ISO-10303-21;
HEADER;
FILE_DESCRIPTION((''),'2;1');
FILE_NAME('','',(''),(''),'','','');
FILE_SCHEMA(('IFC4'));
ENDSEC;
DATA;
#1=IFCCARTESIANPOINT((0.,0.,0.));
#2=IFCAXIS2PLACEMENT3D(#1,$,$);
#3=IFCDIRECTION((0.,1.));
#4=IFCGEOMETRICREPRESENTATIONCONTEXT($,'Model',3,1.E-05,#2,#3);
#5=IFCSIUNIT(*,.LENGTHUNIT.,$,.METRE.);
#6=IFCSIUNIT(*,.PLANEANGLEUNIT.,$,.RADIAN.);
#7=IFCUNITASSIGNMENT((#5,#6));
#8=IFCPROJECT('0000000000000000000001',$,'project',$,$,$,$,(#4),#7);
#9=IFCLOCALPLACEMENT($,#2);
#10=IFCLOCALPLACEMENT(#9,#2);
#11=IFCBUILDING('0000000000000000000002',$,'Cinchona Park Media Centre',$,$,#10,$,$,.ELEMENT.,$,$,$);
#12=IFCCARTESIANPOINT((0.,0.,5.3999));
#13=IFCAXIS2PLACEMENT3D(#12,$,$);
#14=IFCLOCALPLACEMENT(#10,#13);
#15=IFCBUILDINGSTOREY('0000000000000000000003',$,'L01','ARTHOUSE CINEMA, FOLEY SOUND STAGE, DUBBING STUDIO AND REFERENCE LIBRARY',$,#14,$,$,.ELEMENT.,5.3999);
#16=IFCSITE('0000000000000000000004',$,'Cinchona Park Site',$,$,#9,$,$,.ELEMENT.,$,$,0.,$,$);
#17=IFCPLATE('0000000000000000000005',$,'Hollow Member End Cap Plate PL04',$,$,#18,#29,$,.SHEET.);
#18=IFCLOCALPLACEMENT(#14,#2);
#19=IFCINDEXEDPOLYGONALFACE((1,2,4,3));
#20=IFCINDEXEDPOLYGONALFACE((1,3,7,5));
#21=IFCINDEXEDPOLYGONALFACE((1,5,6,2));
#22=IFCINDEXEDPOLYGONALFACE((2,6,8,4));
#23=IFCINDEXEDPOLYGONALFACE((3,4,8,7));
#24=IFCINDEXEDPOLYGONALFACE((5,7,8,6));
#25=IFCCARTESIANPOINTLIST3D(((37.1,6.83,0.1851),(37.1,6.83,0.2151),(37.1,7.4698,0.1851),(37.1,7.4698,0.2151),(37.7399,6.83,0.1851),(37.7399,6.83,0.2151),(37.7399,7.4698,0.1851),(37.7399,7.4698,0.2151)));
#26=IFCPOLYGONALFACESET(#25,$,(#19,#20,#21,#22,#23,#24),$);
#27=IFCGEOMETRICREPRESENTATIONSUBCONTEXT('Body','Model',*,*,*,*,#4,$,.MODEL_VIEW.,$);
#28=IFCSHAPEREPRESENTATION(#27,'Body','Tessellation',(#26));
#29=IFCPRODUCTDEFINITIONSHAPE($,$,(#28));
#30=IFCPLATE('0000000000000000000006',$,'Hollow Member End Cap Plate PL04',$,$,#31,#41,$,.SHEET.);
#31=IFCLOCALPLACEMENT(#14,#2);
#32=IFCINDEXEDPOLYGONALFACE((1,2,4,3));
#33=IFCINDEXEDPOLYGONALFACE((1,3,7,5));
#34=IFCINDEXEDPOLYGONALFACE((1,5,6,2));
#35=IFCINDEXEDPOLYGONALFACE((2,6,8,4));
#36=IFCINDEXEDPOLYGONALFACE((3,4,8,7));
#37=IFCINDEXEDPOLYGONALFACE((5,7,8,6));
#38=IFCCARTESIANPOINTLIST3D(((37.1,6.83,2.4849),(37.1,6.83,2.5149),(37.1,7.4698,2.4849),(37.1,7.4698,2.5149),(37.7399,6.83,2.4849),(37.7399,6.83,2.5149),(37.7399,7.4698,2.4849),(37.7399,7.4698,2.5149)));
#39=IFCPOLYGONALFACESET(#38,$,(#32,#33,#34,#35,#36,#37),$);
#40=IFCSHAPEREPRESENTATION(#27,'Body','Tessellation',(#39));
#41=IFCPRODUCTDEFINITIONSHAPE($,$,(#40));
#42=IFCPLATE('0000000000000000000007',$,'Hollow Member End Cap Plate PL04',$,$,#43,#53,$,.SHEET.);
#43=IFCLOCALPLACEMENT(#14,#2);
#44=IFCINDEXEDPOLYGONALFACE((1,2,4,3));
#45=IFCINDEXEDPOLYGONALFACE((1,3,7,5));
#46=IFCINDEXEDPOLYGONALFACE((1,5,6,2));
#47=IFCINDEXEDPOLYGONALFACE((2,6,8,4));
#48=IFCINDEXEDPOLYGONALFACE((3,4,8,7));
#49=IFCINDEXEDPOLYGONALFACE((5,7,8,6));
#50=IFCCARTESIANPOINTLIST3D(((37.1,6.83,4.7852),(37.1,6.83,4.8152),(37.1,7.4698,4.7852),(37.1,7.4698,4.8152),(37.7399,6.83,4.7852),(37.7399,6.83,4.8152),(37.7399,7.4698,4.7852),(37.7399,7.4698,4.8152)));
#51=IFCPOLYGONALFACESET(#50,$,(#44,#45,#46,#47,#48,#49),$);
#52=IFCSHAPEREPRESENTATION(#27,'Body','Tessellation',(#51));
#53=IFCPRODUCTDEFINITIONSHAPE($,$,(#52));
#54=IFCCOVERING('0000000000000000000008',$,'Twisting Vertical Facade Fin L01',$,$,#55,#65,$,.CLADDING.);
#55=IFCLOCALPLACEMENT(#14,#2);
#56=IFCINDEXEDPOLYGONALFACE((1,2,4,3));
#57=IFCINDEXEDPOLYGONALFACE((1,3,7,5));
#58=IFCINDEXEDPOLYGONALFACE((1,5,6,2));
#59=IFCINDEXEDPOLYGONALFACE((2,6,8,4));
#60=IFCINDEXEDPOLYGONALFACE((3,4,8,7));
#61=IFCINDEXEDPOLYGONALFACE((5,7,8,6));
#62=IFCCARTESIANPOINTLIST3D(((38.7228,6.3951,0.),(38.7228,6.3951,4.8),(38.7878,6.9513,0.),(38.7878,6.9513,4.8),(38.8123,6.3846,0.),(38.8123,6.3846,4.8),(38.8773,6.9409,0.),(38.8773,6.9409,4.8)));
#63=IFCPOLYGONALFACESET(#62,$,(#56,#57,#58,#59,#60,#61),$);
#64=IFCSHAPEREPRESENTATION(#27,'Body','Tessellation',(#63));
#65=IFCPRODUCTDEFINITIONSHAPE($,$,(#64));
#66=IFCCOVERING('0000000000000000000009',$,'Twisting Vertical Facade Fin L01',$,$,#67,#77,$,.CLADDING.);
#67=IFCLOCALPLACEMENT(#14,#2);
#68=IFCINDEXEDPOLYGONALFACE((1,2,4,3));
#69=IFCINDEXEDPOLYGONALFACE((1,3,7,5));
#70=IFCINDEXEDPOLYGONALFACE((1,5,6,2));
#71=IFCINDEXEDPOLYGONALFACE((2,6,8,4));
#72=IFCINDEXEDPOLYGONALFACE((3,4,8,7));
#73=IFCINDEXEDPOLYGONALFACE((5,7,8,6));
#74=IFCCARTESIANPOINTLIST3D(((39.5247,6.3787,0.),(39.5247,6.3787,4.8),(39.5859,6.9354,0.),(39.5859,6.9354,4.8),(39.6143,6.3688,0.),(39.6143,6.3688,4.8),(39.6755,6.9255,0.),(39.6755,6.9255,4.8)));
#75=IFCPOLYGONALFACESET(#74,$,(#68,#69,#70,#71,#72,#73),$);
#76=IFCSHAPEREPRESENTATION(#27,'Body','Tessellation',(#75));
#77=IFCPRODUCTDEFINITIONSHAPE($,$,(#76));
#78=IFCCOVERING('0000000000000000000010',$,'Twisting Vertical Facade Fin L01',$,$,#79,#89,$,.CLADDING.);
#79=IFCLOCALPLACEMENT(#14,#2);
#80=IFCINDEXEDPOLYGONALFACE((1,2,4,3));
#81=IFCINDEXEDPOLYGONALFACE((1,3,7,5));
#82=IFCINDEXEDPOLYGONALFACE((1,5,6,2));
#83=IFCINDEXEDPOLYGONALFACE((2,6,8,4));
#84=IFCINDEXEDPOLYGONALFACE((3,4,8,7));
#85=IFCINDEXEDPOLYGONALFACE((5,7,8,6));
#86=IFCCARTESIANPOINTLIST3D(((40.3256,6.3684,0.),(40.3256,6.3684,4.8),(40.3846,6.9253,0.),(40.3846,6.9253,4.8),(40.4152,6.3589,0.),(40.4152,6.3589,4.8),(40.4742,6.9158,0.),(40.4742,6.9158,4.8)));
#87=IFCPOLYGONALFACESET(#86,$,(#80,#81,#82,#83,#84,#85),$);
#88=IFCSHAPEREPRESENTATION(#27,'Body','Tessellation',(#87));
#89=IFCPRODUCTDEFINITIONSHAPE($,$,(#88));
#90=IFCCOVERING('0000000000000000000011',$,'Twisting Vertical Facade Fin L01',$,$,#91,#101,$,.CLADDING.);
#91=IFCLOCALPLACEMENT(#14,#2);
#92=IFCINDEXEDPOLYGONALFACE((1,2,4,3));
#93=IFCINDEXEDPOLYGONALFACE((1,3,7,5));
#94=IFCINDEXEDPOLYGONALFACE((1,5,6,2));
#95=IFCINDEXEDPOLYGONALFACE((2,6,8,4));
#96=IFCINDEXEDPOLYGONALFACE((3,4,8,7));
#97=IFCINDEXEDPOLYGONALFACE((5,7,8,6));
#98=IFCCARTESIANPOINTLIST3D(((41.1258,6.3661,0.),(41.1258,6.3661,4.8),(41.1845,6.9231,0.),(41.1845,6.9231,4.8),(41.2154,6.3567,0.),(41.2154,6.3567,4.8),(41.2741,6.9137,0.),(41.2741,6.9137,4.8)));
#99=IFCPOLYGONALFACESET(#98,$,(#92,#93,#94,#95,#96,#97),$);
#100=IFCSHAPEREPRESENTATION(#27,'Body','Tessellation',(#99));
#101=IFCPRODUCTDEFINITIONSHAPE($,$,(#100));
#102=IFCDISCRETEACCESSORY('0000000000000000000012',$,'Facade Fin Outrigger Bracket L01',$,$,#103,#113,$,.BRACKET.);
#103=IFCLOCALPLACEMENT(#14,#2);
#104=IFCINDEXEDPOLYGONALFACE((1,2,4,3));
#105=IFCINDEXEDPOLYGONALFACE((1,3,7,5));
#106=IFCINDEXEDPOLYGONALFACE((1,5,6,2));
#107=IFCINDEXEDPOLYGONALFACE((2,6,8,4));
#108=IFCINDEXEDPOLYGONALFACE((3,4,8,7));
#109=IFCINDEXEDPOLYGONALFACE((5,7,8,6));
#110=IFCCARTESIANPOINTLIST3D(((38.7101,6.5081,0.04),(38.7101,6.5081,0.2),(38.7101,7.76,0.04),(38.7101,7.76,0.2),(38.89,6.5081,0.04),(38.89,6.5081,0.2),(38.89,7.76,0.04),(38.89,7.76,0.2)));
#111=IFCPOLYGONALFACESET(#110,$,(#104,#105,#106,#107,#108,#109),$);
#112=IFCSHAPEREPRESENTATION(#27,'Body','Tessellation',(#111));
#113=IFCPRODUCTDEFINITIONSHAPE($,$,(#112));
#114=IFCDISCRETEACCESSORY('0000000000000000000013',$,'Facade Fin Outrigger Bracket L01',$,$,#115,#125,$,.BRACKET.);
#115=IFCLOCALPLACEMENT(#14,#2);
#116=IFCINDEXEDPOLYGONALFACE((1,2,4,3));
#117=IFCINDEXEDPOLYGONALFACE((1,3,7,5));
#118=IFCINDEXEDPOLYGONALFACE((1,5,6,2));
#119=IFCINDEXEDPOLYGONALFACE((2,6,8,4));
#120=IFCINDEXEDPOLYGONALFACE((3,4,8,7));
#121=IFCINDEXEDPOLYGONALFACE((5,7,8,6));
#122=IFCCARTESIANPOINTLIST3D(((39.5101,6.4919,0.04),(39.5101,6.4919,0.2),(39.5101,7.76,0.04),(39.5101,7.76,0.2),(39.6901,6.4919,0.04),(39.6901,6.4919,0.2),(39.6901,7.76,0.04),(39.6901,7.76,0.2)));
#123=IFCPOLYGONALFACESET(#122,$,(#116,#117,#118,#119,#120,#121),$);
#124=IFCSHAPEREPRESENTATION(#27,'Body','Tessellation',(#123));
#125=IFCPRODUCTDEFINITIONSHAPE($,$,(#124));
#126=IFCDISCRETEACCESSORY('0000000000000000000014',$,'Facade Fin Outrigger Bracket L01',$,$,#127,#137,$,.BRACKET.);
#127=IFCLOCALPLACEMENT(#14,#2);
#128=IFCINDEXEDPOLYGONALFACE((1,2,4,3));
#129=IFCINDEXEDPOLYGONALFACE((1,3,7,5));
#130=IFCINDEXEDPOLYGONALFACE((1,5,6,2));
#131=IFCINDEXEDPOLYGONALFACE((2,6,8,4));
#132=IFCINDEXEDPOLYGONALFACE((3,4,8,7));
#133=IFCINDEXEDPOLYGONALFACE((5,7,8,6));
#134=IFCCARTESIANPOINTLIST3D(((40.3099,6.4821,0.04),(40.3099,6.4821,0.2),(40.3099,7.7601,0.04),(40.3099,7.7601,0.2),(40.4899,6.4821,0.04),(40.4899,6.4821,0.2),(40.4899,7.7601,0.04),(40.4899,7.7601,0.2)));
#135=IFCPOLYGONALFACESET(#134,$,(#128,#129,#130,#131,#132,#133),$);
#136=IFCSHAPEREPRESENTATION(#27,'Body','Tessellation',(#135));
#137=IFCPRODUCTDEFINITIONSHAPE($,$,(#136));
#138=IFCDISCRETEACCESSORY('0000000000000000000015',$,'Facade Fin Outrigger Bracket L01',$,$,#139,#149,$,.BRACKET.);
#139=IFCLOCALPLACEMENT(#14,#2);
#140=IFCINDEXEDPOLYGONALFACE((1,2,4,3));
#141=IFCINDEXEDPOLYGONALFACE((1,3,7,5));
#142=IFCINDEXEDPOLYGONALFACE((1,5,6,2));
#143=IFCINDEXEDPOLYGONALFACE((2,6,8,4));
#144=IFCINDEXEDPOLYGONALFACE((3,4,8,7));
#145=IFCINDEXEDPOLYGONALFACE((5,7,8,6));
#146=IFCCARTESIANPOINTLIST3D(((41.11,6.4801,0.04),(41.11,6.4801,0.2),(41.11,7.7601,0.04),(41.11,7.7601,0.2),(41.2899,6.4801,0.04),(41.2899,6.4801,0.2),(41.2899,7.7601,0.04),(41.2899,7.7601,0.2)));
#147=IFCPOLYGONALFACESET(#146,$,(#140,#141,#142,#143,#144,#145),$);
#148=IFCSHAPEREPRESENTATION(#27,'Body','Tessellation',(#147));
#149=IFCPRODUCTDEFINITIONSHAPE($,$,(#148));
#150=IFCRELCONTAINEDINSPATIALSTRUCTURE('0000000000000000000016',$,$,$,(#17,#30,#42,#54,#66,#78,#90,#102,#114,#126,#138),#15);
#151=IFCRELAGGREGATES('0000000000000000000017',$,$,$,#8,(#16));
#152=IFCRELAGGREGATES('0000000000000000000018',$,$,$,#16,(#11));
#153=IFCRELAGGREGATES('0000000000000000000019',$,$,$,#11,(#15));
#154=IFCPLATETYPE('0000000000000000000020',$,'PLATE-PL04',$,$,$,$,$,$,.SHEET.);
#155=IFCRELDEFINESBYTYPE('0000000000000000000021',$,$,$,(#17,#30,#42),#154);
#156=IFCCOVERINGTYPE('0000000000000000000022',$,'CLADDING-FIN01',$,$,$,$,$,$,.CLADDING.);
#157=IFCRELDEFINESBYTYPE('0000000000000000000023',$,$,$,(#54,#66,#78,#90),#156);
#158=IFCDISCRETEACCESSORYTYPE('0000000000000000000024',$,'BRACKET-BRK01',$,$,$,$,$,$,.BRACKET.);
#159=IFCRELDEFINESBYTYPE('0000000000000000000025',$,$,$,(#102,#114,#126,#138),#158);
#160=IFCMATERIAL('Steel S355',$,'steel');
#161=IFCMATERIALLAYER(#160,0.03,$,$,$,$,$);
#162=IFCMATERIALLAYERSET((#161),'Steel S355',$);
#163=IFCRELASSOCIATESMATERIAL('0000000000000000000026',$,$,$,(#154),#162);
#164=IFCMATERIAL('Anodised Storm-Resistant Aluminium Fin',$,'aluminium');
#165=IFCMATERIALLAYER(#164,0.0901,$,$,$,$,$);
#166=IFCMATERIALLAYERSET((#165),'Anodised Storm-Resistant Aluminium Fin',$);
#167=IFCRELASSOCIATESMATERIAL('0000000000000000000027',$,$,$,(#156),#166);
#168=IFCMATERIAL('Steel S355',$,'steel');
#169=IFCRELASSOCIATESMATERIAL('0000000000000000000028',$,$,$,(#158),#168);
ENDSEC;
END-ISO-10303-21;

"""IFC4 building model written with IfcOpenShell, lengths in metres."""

from ifc_helpers import new_model, si_unit, direction, frame, origin, origin_2d, place, context, subcontext, project, spatial, rectangle, extrude, material, layer, layer_set, type_object, element, save


model = new_model("IFC4")

# Units and contexts
model_context = context("Model", 3, precision=1e-05, world=origin(), true_north=direction((0.0, 1.0)))
body_context = subcontext(model_context, "Body", "Model", "MODEL_VIEW")
ifc_project = project(units=[si_unit("LENGTHUNIT", "METRE"), si_unit("PLANEANGLEUNIT", "RADIAN")], contexts=[model_context])

# Site, building, storey
site_placement = place(None, origin())
site = spatial("IfcSite", under=ifc_project, at=site_placement, Name="Cinchona Park Site", CompositionType="ELEMENT", RefElevation=0.0)
building_placement = place(site_placement, origin())
building = spatial("IfcBuilding", under=site, at=building_placement, Name="Cinchona Park Media Centre", CompositionType="ELEMENT")
storey_placement = place(building_placement, frame((0.0, 0.0, 5.3999)))
storey = spatial("IfcBuildingStorey", under=building, at=storey_placement, Name="L01", Description="ARTHOUSE CINEMA, FOLEY SOUND STAGE, DUBBING STUDIO AND REFERENCE LIBRARY", CompositionType="ELEMENT", Elevation=5.3999)

# Plates
ifc_material_1 = material(Name="Steel S355", Category="steel")
ifc_layer_1 = layer(ifc_material_1, 0.03)
ifc_layer_set_1 = layer_set([ifc_layer_1], Name="Steel S355")
plate_type_1 = type_object("IfcPlateType", Name="PLATE-PL04", PredefinedType="SHEET", material=ifc_layer_set_1)
for number, where, z_axis, x_axis, name in (
    (1, (37.4199, 7.1499, 0.1851), (0.0, 0.0, 1.0), (1.0, 0.0, 0.0), "Hollow Member End Cap Plate PL04"),
    (2, (37.4199, 7.1499, 2.4849), (0.0, 0.0, 1.0), (1.0, 0.0, 0.0), "Hollow Member End Cap Plate PL04"),
    (3, (37.4199, 7.1499, 4.7852), (0.0, 0.0, 1.0), (1.0, 0.0, 0.0), "Hollow Member End Cap Plate PL04"),
):
    element("IfcPlate", number, at=place(storey_placement, frame(where, z_axis=z_axis, x_axis=x_axis)), inside=storey, type_object=plate_type_1, Name=name, PredefinedType="SHEET", context=body_context, shape_type="SweptSolid", body=[
        extrude(rectangle(XDim=0.6399, YDim=0.6399, at=origin_2d()), origin(), (0.0, 0.0, 1.0), 0.03),
    ])

# Coverings
ifc_material_2 = material(Name="Anodised Storm-Resistant Aluminium Fin", Category="aluminium")
ifc_layer_2 = layer(ifc_material_2, 0.0901)
ifc_layer_set_2 = layer_set([ifc_layer_2], Name="Anodised Storm-Resistant Aluminium Fin")
covering_type = type_object("IfcCoveringType", Name="CLADDING-FIN01", PredefinedType="CLADDING", material=ifc_layer_set_2)
for number, where, z_axis, x_axis, name in (
    (4, (38.8, 6.668, 0.0), (0.0, 0.0, 1.0), (0.116151, 0.993232, 0.0), "Twisting Vertical Facade Fin L01"),
    (5, (39.6001, 6.6521, 0.0), (0.0, 0.0, 1.0), (0.109214, 0.994018, 0.0), "Twisting Vertical Facade Fin L01"),
    (6, (40.3999, 6.6421, 0.0), (0.0, 0.0, 1.0), (0.105396, 0.99443, 0.0), "Twisting Vertical Facade Fin L01"),
    (7, (41.2, 6.6399, 0.0), (0.0, 0.0, 1.0), (0.104702, 0.994504, 0.0), "Twisting Vertical Facade Fin L01"),
):
    element("IfcCovering", number, at=place(storey_placement, frame(where, z_axis=z_axis, x_axis=x_axis)), inside=storey, type_object=covering_type, Name=name, PredefinedType="CLADDING", context=body_context, shape_type="SweptSolid", body=[
        extrude(rectangle(XDim=0.5601, YDim=0.0901, at=origin_2d()), origin(), (0.0, 0.0, 1.0), 4.8),
    ])

# Discrete accessories
ifc_material_3 = material(Name="Steel S355", Category="steel")
discrete_accessory_type = type_object("IfcDiscreteAccessoryType", Name="BRACKET-BRK01", PredefinedType="BRACKET", material=ifc_material_3)
discrete_accessory_1_placement = place(storey_placement, frame((38.8, 7.134, 0.04), z_axis=(0.0, 0.0, 1.0), x_axis=(1.0, 0.0, 0.0)))
element("IfcDiscreteAccessory", 8, at=discrete_accessory_1_placement, inside=storey, type_object=discrete_accessory_type, Name="Facade Fin Outrigger Bracket L01", PredefinedType="BRACKET", context=body_context, shape_type="SweptSolid", body=[
    extrude(rectangle(XDim=0.1799, YDim=1.252, at=origin_2d()), origin(), (0.0, 0.0, 1.0), 0.1599),
])
discrete_accessory_2_placement = place(storey_placement, frame((39.6001, 7.126, 0.04), z_axis=(0.0, 0.0, 1.0), x_axis=(1.0, 0.0, 0.0)))
element("IfcDiscreteAccessory", 9, at=discrete_accessory_2_placement, inside=storey, type_object=discrete_accessory_type, Name="Facade Fin Outrigger Bracket L01", PredefinedType="BRACKET", context=body_context, shape_type="SweptSolid", body=[
    extrude(rectangle(XDim=0.1799, YDim=1.2681, at=origin_2d()), origin(), (0.0, 0.0, 1.0), 0.1599),
])
discrete_accessory_3_placement = place(storey_placement, frame((40.3999, 7.1211, 0.04), z_axis=(0.0, 0.0, 1.0), x_axis=(1.0, 0.0, 0.0)))
element("IfcDiscreteAccessory", 10, at=discrete_accessory_3_placement, inside=storey, type_object=discrete_accessory_type, Name="Facade Fin Outrigger Bracket L01", PredefinedType="BRACKET", context=body_context, shape_type="SweptSolid", body=[
    extrude(rectangle(XDim=0.1799, YDim=1.2781, at=origin_2d()), origin(), (0.0, 0.0, 1.0), 0.1599),
])
discrete_accessory_4_placement = place(storey_placement, frame((41.2, 7.1201, 0.04), z_axis=(0.0, 0.0, 1.0), x_axis=(1.0, 0.0, 0.0)))
element("IfcDiscreteAccessory", 11, at=discrete_accessory_4_placement, inside=storey, type_object=discrete_accessory_type, Name="Facade Fin Outrigger Bracket L01", PredefinedType="BRACKET", context=body_context, shape_type="SweptSolid", body=[
    extrude(rectangle(XDim=0.1799, YDim=1.28, at=origin_2d()), origin(), (0.0, 0.0, 1.0), 0.1599),
])

save(model, "model.ifc")
